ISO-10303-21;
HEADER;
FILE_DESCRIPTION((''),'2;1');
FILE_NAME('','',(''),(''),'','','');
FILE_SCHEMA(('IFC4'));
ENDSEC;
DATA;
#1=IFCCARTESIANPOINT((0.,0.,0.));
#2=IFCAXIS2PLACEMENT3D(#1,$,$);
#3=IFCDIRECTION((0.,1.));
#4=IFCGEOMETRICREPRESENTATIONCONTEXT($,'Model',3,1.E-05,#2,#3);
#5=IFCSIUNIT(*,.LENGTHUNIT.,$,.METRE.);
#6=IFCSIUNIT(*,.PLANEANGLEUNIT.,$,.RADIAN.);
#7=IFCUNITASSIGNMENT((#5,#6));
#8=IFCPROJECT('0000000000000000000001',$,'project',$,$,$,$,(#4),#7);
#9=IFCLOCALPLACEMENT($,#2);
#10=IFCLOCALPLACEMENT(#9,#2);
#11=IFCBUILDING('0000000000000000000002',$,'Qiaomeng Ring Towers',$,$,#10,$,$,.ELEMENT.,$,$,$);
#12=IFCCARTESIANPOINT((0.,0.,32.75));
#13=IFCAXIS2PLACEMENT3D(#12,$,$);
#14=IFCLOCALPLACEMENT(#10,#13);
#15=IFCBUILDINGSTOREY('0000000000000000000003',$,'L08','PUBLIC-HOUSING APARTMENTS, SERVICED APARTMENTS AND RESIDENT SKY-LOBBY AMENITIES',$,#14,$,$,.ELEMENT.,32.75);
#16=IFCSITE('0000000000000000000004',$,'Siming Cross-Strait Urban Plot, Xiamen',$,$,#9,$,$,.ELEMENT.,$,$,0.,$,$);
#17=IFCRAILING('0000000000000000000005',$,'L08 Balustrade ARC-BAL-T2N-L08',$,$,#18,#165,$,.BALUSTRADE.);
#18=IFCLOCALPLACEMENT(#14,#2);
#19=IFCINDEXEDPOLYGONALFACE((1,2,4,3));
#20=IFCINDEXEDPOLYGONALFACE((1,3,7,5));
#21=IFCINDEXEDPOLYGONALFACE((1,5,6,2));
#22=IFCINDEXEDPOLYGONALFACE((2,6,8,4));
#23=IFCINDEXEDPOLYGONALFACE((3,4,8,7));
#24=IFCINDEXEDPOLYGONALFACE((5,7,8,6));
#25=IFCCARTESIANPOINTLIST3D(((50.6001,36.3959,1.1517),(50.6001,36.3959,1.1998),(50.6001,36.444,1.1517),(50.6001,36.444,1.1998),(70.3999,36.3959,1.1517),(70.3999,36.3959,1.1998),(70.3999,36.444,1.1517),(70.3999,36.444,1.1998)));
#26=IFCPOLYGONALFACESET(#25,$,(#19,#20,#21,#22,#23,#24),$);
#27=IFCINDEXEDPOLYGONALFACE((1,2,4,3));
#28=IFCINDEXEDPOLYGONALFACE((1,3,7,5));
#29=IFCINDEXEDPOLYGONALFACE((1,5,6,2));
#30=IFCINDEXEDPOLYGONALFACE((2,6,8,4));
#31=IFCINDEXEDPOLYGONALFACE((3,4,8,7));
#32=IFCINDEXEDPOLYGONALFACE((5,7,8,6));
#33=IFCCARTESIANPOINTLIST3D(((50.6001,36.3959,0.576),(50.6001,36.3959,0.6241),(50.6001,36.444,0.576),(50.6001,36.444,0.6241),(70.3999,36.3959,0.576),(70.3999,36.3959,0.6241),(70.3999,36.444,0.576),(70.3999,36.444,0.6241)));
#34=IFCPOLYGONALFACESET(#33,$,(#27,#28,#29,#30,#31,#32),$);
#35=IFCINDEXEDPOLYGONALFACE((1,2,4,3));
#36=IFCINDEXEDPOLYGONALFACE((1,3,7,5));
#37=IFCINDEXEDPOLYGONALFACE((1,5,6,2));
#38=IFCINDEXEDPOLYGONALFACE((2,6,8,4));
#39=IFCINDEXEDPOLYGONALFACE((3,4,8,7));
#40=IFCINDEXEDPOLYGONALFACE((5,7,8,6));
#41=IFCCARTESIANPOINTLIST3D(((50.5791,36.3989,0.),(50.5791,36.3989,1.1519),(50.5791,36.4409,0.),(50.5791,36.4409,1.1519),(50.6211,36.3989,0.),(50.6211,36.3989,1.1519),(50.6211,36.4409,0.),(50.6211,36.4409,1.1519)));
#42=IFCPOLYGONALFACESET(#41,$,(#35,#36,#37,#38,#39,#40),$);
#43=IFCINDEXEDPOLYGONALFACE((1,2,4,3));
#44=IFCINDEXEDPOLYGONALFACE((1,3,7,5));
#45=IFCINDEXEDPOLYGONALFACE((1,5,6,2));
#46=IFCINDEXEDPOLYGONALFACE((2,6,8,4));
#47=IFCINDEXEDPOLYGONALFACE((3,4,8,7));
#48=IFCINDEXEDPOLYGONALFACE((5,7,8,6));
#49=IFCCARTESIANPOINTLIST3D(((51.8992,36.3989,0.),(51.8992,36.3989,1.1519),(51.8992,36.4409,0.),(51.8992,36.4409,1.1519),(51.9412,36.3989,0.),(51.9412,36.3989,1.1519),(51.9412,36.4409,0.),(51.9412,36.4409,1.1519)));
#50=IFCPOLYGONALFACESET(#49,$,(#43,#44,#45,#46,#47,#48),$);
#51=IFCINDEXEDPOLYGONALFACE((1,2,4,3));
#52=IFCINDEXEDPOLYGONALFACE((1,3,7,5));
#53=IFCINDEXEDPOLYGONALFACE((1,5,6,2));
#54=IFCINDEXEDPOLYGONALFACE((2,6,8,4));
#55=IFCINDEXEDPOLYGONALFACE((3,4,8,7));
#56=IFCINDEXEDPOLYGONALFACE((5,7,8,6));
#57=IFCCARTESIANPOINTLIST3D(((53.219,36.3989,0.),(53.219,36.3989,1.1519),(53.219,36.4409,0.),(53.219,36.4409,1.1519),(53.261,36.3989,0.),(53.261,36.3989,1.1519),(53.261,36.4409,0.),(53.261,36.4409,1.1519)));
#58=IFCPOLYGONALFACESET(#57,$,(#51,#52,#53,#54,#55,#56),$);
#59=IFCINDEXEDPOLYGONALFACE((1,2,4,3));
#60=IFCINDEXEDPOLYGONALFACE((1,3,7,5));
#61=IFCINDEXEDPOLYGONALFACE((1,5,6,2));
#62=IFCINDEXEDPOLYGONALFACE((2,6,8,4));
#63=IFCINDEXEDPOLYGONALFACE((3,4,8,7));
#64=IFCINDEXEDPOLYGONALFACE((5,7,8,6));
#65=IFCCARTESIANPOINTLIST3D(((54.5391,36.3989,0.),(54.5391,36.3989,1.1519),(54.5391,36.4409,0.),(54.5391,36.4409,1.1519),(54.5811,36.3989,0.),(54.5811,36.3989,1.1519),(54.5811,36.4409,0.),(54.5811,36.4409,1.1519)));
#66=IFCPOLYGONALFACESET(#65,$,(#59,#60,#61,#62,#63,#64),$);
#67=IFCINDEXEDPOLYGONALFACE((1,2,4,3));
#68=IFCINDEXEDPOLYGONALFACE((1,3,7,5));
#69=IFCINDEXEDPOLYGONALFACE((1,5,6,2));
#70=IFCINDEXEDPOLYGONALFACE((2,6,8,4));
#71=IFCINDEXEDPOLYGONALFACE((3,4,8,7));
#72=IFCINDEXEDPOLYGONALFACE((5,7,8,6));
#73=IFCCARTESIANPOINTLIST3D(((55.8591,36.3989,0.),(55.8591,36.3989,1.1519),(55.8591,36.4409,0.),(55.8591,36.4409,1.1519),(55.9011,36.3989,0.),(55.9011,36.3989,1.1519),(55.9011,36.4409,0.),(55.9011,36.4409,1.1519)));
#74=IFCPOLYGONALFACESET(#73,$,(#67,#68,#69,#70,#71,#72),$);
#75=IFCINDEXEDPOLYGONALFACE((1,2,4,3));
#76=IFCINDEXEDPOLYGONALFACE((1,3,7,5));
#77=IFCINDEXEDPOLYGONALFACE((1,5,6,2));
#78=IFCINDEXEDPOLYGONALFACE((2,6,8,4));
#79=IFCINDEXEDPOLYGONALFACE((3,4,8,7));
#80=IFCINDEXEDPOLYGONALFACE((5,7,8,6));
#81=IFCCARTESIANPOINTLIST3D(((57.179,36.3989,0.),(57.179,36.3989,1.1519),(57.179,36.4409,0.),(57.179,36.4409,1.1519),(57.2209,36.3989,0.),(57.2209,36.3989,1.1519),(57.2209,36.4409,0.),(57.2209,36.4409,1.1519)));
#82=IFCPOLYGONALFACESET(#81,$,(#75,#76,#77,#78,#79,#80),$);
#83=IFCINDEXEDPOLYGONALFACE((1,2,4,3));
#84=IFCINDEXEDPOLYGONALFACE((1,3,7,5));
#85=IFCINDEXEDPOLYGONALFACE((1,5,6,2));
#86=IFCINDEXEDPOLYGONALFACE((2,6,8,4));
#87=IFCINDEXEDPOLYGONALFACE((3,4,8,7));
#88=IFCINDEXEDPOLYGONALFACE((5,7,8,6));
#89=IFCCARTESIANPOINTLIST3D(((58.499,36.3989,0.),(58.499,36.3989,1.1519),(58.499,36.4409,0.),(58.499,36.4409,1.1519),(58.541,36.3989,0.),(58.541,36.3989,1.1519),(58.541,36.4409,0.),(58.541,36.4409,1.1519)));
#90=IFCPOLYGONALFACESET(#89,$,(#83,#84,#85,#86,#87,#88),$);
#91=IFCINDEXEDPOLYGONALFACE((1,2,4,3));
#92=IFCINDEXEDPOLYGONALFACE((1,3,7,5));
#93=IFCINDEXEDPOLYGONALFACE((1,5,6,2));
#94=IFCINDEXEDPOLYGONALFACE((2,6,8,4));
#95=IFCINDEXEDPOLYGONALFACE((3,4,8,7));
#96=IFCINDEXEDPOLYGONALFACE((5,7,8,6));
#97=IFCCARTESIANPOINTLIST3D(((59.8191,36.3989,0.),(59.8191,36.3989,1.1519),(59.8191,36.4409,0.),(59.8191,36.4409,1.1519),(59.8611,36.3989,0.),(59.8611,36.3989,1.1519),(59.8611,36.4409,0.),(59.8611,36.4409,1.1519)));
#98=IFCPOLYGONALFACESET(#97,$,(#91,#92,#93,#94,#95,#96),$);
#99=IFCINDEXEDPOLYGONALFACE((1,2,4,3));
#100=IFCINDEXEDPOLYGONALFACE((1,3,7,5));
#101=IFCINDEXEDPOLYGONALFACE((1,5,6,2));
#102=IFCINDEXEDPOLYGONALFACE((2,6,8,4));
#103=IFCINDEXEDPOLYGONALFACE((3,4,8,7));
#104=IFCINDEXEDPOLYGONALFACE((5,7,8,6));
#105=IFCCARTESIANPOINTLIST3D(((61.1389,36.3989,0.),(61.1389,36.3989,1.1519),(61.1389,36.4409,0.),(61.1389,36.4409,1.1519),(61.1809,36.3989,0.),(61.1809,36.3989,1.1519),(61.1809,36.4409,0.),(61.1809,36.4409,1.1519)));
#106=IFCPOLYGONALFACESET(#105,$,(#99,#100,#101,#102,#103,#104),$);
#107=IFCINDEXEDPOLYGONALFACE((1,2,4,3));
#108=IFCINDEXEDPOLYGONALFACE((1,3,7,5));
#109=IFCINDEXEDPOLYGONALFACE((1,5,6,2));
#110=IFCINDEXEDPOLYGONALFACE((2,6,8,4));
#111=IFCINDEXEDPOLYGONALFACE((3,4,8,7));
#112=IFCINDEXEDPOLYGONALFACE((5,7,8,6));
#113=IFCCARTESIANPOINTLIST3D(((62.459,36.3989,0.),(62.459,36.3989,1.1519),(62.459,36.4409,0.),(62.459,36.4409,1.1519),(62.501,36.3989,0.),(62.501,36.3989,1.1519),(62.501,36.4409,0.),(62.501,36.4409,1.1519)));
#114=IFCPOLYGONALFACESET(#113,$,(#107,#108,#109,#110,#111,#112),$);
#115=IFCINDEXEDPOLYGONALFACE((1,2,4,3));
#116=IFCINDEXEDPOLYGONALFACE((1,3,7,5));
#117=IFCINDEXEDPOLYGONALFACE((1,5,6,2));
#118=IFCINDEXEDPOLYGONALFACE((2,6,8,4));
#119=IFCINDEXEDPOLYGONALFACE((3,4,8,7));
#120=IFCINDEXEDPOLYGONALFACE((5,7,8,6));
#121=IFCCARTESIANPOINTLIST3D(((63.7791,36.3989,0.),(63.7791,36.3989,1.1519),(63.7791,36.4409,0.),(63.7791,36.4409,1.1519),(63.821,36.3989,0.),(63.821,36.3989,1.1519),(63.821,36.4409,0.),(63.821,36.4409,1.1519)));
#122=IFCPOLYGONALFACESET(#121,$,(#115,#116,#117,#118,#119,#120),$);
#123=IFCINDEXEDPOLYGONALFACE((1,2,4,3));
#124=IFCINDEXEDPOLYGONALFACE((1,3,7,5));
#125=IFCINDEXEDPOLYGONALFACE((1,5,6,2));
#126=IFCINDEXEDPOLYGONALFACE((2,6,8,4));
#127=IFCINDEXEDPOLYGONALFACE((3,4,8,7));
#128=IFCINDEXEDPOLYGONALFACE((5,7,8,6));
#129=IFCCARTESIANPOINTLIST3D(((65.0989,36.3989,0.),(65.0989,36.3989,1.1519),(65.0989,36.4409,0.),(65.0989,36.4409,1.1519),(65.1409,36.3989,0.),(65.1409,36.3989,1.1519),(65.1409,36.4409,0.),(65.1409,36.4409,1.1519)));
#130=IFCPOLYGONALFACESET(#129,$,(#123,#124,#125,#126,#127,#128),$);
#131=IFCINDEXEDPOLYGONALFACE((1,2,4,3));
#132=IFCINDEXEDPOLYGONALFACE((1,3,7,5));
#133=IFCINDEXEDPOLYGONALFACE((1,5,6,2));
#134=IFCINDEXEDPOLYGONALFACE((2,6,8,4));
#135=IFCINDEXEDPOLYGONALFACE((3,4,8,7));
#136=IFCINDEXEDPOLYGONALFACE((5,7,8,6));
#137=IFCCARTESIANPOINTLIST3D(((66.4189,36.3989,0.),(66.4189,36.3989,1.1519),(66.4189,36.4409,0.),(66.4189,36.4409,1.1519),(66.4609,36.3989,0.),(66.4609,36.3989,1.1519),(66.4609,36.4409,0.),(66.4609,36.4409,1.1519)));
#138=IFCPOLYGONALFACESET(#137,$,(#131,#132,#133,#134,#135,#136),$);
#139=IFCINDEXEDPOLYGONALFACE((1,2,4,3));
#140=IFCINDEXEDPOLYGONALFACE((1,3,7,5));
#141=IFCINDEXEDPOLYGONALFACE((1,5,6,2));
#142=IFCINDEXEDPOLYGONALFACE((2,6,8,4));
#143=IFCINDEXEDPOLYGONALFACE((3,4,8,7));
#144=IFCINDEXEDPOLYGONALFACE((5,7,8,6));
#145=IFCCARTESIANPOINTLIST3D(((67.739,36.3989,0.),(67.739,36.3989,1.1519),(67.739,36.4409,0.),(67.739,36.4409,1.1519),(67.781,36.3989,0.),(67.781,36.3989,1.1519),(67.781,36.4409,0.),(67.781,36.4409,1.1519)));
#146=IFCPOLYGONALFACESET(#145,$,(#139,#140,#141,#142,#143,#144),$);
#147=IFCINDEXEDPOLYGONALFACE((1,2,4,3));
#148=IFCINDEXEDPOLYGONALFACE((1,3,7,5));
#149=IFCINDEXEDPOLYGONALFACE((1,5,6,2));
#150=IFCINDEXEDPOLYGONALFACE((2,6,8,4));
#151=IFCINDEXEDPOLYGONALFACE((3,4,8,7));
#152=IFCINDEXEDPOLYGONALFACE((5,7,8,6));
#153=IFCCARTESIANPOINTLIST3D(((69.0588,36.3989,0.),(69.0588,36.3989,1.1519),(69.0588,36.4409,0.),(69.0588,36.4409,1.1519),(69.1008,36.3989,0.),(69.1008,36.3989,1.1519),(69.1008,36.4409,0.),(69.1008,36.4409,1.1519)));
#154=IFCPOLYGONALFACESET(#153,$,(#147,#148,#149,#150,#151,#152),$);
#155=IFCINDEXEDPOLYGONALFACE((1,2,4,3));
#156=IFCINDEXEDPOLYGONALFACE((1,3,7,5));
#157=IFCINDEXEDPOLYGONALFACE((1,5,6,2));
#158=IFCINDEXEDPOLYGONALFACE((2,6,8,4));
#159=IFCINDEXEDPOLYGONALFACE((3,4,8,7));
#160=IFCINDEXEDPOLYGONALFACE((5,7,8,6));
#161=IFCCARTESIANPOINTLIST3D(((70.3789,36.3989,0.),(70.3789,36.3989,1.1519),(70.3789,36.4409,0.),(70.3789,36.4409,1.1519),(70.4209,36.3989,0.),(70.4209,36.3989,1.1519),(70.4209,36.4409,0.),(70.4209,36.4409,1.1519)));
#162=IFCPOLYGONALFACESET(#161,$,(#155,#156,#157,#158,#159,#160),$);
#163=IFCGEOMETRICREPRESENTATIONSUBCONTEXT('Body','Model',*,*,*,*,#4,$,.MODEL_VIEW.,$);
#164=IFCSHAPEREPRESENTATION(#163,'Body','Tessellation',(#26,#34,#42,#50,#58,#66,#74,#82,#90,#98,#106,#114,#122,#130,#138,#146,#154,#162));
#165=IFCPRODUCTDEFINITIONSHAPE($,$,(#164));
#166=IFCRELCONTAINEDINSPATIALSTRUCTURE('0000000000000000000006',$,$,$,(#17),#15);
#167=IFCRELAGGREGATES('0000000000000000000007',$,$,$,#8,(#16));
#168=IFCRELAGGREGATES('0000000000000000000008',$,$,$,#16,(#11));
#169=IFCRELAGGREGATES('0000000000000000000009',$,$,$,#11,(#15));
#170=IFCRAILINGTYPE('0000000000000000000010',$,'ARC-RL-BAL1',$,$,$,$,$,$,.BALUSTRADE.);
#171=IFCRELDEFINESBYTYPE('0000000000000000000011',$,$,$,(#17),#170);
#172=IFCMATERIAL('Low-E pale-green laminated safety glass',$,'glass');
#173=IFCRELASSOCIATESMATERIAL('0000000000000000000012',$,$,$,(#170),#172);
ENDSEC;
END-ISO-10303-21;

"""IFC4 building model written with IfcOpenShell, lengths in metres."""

from ifc_helpers import new_model, si_unit, direction, frame, origin, origin_2d, place, context, subcontext, project, spatial, rectangle, extrude, material, type_object, element, save


model = new_model("IFC4")

# Units and contexts
model_context = context("Model", 3, precision=1e-05, world=origin(), true_north=direction((0.0, 1.0)))
body_context = subcontext(model_context, "Body", "Model", "MODEL_VIEW")
ifc_project = project(units=[si_unit("LENGTHUNIT", "METRE"), si_unit("PLANEANGLEUNIT", "RADIAN")], contexts=[model_context])

# Site, building, storey
site_placement = place(None, origin())
site = spatial("IfcSite", under=ifc_project, at=site_placement, Name="Siming Cross-Strait Urban Plot, Xiamen", CompositionType="ELEMENT", RefElevation=0.0)
building_placement = place(site_placement, origin())
building = spatial("IfcBuilding", under=site, at=building_placement, Name="Qiaomeng Ring Towers", CompositionType="ELEMENT")
storey_placement = place(building_placement, frame((0.0, 0.0, 32.75)))
storey = spatial("IfcBuildingStorey", under=building, at=storey_placement, Name="L08", Description="PUBLIC-HOUSING APARTMENTS, SERVICED APARTMENTS AND RESIDENT SKY-LOBBY AMENITIES", CompositionType="ELEMENT", Elevation=32.75)

# Railing
ifc_material_1 = material(Name="Low-E pale-green laminated safety glass", Category="glass")
railing_type = type_object("IfcRailingType", Name="ARC-RL-BAL1", PredefinedType="BALUSTRADE", material=ifc_material_1)
railing_1_placement = place(storey_placement, frame((50.6001, 36.4199, 0.0)))
element("IfcRailing", 1, at=railing_1_placement, inside=storey, type_object=railing_type, Name="L08 Balustrade ARC-BAL-T2N-L08", PredefinedType="BALUSTRADE", context=body_context, shape_type="SweptSolid", body=[
    extrude(rectangle(XDim=0.0481, YDim=0.0481, at=origin_2d()), frame((0.0, 0.0, 1.1758), z_axis=(1.0, 0.0, 0.0), x_axis=(0.0, 1.0, 0.0)), (0.0, 0.0, 1.0), 19.7998),
    extrude(rectangle(XDim=0.0481, YDim=0.0481, at=origin_2d()), frame((0.0, 0.0, 0.6001), z_axis=(1.0, 0.0, 0.0), x_axis=(0.0, 1.0, 0.0)), (0.0, 0.0, 1.0), 19.7998),
    extrude(rectangle(XDim=0.042, YDim=0.042, at=origin_2d()), origin(), (0.0, 0.0, 1.0), 1.1519),
    extrude(rectangle(XDim=0.042, YDim=0.042, at=origin_2d()), frame((1.3201, 0.0, 0.0)), (0.0, 0.0, 1.0), 1.1519),
    extrude(rectangle(XDim=0.042, YDim=0.042, at=origin_2d()), frame((2.6399, 0.0, 0.0)), (0.0, 0.0, 1.0), 1.1519),
    extrude(rectangle(XDim=0.042, YDim=0.042, at=origin_2d()), frame((3.96, 0.0, 0.0)), (0.0, 0.0, 1.0), 1.1519),
    extrude(rectangle(XDim=0.042, YDim=0.042, at=origin_2d()), frame((5.28, 0.0, 0.0)), (0.0, 0.0, 1.0), 1.1519),
    extrude(rectangle(XDim=0.042, YDim=0.042, at=origin_2d()), frame((6.5999, 0.0, 0.0)), (0.0, 0.0, 1.0), 1.1519),
    extrude(rectangle(XDim=0.042, YDim=0.042, at=origin_2d()), frame((7.9199, 0.0, 0.0)), (0.0, 0.0, 1.0), 1.1519),
    extrude(rectangle(XDim=0.042, YDim=0.042, at=origin_2d()), frame((9.24, 0.0, 0.0)), (0.0, 0.0, 1.0), 1.1519),
    extrude(rectangle(XDim=0.042, YDim=0.042, at=origin_2d()), frame((10.5598, 0.0, 0.0)), (0.0, 0.0, 1.0), 1.1519),
    extrude(rectangle(XDim=0.042, YDim=0.042, at=origin_2d()), frame((11.8799, 0.0, 0.0)), (0.0, 0.0, 1.0), 1.1519),
    extrude(rectangle(XDim=0.042, YDim=0.042, at=origin_2d()), frame((13.2, 0.0, 0.0)), (0.0, 0.0, 1.0), 1.1519),
    extrude(rectangle(XDim=0.042, YDim=0.042, at=origin_2d()), frame((14.5198, 0.0, 0.0)), (0.0, 0.0, 1.0), 1.1519),
    extrude(rectangle(XDim=0.042, YDim=0.042, at=origin_2d()), frame((15.8398, 0.0, 0.0)), (0.0, 0.0, 1.0), 1.1519),
    extrude(rectangle(XDim=0.042, YDim=0.042, at=origin_2d()), frame((17.1599, 0.0, 0.0)), (0.0, 0.0, 1.0), 1.1519),
    extrude(rectangle(XDim=0.042, YDim=0.042, at=origin_2d()), frame((18.4797, 0.0, 0.0)), (0.0, 0.0, 1.0), 1.1519),
    extrude(rectangle(XDim=0.042, YDim=0.042, at=origin_2d()), frame((19.7998, 0.0, 0.0)), (0.0, 0.0, 1.0), 1.1519),
])

save(model, "model.ifc")
